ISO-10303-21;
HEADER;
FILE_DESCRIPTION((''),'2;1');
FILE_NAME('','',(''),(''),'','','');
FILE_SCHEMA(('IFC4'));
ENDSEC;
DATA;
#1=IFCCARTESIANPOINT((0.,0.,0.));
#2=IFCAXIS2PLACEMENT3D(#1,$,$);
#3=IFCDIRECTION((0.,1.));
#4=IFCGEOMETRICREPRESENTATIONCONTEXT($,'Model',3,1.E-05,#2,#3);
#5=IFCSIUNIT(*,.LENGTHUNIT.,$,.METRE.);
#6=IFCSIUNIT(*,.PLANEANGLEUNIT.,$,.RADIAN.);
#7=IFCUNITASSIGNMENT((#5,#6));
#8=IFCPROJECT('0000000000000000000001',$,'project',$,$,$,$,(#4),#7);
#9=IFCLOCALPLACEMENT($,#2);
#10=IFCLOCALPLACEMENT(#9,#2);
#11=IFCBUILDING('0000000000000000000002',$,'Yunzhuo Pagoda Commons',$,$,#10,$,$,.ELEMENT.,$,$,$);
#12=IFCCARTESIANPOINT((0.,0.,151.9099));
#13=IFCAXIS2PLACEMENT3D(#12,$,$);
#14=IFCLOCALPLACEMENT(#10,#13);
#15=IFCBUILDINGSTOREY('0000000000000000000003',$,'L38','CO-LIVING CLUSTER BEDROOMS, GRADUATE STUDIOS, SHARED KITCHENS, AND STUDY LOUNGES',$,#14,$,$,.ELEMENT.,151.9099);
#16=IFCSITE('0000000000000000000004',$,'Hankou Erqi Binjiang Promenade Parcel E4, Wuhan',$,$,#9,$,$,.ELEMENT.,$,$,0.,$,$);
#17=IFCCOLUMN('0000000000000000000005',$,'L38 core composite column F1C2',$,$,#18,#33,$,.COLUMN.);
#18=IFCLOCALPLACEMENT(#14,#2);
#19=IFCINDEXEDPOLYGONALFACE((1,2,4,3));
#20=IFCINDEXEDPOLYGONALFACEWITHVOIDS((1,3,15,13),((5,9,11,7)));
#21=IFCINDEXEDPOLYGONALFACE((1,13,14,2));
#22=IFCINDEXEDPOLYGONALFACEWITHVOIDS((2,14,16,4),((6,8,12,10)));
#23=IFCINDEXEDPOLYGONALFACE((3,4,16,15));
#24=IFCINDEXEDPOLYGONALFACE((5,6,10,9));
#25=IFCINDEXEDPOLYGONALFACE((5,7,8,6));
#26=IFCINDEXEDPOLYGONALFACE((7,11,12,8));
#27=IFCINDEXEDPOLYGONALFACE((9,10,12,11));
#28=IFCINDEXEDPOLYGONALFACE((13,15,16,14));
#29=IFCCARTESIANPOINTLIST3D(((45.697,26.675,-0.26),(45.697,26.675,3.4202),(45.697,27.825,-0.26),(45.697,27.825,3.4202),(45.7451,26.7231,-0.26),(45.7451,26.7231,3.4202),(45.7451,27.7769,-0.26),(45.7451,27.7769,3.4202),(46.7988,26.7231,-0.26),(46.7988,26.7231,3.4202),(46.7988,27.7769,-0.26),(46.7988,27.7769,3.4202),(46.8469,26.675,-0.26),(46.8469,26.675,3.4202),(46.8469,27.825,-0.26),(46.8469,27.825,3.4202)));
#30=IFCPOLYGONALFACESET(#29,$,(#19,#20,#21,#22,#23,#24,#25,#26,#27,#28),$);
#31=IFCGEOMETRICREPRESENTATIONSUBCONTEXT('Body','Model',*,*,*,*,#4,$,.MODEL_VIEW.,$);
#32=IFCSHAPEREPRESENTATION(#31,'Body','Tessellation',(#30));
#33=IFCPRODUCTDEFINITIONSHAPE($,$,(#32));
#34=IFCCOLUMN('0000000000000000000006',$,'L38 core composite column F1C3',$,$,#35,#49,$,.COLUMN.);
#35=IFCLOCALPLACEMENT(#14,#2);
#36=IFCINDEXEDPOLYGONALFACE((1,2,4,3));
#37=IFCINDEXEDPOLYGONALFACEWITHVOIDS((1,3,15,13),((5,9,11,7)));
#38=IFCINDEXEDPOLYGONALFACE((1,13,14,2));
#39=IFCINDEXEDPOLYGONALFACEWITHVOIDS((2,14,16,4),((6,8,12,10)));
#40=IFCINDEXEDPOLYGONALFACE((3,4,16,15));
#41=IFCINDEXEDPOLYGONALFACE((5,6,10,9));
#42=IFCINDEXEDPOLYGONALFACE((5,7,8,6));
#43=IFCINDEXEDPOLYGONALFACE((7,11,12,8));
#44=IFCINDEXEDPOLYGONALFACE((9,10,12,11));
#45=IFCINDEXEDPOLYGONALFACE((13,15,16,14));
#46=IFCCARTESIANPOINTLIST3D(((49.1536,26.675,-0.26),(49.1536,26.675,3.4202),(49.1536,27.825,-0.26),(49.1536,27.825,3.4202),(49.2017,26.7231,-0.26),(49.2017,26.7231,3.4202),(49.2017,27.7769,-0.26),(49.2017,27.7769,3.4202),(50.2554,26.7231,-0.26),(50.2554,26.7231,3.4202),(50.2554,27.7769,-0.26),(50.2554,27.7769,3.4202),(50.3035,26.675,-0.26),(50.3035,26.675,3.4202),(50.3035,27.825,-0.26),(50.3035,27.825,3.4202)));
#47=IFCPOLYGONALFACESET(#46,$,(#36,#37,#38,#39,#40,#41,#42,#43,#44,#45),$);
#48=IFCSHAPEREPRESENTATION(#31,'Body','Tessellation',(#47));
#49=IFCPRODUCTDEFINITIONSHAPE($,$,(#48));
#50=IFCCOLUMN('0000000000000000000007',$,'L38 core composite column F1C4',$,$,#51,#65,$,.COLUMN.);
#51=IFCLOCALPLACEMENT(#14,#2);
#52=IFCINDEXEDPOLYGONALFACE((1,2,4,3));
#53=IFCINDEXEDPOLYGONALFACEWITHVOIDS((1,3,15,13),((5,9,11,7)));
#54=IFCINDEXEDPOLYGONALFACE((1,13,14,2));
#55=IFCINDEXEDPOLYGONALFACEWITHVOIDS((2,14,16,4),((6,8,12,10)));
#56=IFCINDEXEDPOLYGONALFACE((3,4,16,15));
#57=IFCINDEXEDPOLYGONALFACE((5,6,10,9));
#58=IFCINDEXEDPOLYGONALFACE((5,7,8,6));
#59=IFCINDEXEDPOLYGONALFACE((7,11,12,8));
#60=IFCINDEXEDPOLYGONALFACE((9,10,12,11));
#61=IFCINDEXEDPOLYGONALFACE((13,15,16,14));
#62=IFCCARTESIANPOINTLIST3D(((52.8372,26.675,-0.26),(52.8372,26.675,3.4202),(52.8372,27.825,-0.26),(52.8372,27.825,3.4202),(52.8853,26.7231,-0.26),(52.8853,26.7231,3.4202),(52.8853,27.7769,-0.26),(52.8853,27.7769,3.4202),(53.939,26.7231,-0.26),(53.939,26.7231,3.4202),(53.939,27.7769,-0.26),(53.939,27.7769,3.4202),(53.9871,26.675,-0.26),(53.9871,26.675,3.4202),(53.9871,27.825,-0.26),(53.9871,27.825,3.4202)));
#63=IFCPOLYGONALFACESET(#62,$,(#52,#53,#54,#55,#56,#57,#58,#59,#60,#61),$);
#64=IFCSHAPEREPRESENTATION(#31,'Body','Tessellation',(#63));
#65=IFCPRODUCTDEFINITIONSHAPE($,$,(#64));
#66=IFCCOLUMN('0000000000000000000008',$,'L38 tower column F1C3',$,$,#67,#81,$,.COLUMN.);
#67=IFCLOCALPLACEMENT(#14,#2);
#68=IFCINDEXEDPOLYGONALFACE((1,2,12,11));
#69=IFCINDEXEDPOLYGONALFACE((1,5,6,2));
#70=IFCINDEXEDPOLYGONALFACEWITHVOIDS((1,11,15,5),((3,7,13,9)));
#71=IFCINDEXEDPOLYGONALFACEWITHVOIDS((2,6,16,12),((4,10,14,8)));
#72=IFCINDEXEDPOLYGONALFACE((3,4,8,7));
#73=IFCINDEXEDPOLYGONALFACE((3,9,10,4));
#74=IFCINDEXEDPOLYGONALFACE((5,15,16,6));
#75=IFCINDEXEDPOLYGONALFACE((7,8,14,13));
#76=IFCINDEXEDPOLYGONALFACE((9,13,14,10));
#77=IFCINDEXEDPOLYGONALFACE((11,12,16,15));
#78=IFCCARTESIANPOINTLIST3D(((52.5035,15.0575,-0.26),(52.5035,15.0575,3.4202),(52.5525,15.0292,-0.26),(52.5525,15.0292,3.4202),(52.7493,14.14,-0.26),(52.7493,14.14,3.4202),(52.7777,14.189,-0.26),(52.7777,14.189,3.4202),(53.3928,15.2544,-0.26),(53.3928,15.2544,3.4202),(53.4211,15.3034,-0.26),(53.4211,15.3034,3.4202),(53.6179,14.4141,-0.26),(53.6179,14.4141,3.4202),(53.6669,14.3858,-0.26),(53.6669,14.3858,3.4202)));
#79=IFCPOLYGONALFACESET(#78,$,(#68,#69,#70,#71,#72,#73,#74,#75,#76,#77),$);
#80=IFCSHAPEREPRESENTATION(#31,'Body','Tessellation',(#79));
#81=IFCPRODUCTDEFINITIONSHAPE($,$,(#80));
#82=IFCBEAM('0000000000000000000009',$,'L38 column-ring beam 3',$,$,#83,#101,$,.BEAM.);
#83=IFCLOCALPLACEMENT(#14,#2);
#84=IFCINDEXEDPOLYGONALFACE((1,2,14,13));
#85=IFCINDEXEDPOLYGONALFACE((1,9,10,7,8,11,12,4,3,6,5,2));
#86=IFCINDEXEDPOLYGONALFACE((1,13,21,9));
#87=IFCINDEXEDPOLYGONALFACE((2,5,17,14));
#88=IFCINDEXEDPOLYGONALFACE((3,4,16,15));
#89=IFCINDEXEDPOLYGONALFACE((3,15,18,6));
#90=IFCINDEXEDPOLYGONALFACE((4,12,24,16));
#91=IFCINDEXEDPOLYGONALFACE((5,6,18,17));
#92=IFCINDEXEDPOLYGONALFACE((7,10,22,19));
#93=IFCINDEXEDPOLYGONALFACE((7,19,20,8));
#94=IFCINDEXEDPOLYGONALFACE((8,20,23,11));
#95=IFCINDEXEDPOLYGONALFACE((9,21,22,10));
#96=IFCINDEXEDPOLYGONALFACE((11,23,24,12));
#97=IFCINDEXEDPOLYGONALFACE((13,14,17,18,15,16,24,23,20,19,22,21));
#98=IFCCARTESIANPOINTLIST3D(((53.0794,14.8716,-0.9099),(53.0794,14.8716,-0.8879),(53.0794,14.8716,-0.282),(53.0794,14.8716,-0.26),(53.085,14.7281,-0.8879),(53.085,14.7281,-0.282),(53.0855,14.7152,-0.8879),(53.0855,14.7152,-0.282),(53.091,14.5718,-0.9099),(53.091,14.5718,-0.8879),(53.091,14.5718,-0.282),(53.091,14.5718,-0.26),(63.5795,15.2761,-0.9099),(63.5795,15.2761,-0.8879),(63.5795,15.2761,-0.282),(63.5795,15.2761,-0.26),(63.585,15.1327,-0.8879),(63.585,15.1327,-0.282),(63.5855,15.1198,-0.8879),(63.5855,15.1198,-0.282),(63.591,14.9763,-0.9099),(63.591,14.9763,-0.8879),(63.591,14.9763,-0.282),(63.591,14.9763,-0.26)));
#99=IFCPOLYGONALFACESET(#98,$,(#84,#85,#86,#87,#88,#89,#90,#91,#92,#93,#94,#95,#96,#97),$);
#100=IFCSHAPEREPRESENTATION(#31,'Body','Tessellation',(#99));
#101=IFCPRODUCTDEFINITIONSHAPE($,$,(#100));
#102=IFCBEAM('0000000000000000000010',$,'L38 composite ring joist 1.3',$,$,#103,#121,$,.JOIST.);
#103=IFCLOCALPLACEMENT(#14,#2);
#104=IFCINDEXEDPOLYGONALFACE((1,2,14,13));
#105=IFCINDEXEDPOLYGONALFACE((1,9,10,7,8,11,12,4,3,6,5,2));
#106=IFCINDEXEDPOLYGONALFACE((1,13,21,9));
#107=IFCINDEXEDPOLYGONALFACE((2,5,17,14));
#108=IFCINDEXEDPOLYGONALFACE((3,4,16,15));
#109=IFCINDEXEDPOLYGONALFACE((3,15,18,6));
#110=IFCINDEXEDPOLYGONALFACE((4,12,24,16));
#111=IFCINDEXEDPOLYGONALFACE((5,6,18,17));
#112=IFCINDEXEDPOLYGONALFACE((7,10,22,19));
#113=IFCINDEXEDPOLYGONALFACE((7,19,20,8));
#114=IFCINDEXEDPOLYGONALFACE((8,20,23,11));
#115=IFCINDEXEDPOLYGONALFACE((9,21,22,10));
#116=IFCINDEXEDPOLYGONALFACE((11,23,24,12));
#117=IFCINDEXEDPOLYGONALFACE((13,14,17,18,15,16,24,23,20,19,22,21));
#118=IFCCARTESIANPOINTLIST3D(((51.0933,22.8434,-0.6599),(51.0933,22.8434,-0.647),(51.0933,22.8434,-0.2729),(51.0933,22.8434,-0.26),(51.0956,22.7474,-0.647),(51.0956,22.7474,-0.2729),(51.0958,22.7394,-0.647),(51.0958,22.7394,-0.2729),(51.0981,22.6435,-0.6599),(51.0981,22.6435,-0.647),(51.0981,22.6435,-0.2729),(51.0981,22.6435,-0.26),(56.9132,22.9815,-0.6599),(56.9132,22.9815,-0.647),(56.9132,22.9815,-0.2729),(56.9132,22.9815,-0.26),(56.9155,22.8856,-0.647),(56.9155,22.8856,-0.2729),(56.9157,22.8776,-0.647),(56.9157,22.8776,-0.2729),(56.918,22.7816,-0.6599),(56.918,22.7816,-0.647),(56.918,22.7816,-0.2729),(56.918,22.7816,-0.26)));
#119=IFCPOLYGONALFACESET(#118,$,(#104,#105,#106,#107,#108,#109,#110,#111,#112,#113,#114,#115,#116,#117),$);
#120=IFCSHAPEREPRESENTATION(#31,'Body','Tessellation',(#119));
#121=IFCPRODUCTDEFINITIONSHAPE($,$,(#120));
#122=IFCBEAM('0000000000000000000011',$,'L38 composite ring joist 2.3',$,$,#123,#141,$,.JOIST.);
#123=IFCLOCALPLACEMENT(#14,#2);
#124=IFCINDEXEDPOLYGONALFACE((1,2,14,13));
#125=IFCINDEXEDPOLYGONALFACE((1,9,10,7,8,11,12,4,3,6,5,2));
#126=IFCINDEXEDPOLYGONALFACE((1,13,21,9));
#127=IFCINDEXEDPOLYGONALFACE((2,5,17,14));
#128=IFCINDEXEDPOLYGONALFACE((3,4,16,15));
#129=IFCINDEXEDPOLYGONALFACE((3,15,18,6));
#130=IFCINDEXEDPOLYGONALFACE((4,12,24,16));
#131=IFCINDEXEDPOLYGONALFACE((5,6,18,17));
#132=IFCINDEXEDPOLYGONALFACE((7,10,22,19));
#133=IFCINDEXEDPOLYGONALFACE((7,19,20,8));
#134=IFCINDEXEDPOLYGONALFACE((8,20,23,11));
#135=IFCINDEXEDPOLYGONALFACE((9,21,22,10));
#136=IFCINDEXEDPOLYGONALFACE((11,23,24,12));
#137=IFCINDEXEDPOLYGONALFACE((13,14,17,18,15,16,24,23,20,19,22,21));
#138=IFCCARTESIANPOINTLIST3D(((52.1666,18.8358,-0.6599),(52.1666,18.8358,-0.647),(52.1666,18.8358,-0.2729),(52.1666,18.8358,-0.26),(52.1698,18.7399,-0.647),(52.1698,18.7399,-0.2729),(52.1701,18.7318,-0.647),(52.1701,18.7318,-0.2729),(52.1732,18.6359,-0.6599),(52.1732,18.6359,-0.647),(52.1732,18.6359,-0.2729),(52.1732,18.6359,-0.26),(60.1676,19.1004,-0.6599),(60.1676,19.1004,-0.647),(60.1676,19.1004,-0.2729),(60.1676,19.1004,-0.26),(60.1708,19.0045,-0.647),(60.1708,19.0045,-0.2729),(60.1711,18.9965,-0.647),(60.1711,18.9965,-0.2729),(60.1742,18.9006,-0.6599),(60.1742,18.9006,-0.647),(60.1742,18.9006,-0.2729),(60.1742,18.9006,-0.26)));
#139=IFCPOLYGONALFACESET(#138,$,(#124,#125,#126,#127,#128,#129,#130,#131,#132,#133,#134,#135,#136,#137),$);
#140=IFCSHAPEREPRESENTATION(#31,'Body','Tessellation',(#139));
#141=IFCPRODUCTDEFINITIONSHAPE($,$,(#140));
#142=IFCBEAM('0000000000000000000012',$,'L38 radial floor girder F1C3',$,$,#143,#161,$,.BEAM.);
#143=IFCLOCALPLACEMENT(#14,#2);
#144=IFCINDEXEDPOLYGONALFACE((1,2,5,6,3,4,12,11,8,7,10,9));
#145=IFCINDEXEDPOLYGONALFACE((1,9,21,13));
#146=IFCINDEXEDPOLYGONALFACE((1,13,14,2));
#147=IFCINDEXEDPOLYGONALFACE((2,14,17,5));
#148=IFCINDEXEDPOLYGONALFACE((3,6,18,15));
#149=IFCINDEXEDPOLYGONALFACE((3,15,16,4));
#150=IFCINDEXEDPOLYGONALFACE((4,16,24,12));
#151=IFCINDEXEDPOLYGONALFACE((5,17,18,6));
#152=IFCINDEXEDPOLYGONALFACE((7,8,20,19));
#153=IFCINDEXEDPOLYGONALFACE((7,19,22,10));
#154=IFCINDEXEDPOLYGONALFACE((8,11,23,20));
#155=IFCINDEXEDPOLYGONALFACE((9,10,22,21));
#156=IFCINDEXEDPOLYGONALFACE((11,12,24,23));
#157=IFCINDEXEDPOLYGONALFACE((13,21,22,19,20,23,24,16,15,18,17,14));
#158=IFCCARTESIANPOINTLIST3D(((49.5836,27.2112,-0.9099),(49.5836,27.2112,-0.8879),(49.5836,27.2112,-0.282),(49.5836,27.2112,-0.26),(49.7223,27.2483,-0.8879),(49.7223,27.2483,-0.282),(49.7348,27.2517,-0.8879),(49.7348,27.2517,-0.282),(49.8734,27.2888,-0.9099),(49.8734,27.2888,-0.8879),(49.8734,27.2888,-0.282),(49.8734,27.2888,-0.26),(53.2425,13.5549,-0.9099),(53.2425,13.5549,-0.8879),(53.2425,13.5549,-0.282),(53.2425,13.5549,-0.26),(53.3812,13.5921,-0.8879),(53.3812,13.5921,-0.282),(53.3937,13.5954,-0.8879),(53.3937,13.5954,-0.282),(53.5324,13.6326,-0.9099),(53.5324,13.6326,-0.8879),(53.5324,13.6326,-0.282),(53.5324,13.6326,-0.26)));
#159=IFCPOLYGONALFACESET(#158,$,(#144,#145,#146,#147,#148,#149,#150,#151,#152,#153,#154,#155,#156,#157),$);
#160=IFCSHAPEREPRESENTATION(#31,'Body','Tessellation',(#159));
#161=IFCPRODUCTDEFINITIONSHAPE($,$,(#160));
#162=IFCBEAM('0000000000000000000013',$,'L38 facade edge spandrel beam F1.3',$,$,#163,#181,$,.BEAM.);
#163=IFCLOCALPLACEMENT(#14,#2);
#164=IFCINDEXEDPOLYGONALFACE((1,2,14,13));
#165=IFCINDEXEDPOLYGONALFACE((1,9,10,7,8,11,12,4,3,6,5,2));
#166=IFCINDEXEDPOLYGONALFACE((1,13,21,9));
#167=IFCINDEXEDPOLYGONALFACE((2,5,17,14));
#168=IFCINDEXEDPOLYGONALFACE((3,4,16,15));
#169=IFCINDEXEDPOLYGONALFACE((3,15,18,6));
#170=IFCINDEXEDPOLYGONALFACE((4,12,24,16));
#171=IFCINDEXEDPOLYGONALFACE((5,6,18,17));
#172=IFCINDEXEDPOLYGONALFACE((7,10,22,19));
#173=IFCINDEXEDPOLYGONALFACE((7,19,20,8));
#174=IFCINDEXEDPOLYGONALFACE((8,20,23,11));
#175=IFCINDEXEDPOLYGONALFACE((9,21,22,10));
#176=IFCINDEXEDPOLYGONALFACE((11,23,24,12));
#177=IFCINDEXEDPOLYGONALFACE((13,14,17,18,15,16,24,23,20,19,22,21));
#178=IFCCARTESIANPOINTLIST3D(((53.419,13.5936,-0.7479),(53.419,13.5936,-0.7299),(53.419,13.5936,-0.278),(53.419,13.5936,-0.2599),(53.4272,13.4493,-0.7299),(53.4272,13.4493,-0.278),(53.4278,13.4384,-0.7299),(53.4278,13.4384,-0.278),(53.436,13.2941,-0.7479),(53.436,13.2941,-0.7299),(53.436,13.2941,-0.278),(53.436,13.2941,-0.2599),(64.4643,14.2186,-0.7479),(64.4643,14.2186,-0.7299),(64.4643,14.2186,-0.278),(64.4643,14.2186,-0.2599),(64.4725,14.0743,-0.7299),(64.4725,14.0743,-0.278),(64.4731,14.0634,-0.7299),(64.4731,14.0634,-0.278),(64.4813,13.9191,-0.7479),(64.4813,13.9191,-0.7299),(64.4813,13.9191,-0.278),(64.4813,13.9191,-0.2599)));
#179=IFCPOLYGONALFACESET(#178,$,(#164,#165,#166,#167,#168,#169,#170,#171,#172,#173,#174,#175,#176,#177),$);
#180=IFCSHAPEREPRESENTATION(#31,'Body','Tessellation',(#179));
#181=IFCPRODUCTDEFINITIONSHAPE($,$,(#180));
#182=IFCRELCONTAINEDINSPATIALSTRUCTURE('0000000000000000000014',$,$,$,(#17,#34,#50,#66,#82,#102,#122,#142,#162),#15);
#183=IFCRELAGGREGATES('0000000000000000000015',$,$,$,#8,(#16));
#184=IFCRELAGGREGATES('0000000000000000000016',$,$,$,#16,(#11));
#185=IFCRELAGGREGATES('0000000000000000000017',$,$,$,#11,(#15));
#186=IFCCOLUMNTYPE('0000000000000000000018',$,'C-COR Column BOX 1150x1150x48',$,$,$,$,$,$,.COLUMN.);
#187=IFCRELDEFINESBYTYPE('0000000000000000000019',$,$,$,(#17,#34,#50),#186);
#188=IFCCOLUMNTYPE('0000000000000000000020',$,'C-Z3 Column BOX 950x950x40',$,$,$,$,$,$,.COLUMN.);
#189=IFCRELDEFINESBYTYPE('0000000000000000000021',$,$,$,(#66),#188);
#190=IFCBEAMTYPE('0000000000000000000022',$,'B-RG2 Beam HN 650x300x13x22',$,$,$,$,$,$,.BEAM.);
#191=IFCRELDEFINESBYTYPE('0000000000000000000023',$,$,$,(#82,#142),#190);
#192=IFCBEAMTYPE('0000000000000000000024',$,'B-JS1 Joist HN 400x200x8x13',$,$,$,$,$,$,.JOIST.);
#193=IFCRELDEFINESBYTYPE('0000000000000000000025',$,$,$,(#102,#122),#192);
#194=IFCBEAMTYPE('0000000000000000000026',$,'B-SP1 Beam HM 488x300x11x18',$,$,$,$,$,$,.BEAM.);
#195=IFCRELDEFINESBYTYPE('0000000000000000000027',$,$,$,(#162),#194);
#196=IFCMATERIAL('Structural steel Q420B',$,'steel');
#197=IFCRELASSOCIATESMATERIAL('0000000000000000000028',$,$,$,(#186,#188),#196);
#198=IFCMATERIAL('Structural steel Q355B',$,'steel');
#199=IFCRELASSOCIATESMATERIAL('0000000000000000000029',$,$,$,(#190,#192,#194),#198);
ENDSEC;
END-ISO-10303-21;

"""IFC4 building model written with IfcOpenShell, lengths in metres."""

from ifc_helpers import new_model, si_unit, direction, frame, origin, origin_2d, place, context, subcontext, project, spatial, hollow_rectangle, i_section, extrude, source, transform, mapped, material, material_profile, profile_set, type_object, element, save


model = new_model("IFC4")

# Units and contexts
model_context = context("Model", 3, precision=1e-05, world=origin(), true_north=direction((0.0, 1.0)))
body_context = subcontext(model_context, "Body", "Model", "MODEL_VIEW")
ifc_project = project(units=[si_unit("LENGTHUNIT", "METRE"), si_unit("PLANEANGLEUNIT", "RADIAN")], contexts=[model_context])

# Site, building, storey
site_placement = place(None, origin())
site = spatial("IfcSite", under=ifc_project, at=site_placement, Name="Hankou Erqi Binjiang Promenade Parcel E4, Wuhan", CompositionType="ELEMENT", RefElevation=0.0)
building_placement = place(site_placement, origin())
building = spatial("IfcBuilding", under=site, at=building_placement, Name="Yunzhuo Pagoda Commons", CompositionType="ELEMENT")
storey_placement = place(building_placement, frame((0.0, 0.0, 151.9099)))
storey = spatial("IfcBuildingStorey", under=building, at=storey_placement, Name="L38", Description="CO-LIVING CLUSTER BEDROOMS, GRADUATE STUDIOS, SHARED KITCHENS, AND STUDY LOUNGES", CompositionType="ELEMENT", Elevation=151.9099)

# Columns
ifc_material_1 = material(Name="Structural steel Q420B", Category="steel")
ifc_material_profile_1 = material_profile(ifc_material_1, hollow_rectangle(XDim=1.1499, YDim=1.1499, WallThickness=0.0481, at=origin_2d()), Name="Structural steel Q420B")
ifc_profile_set_1 = profile_set([ifc_material_profile_1], Name="Structural steel Q420B")
column_type_1 = type_object("IfcColumnType", Name="C-COR Column BOX 1150x1150x48", PredefinedType="COLUMN", material=ifc_profile_set_1)
shared_shape_1 = source(origin(), body_context, "Body", "SweptSolid", [
    extrude(hollow_rectangle(XDim=1.1499, YDim=1.1499, WallThickness=0.0481, at=origin_2d()), origin(), (0.0, 0.0, 1.0), 3.6802),
])
for number, where, z_axis, x_axis, name in (
    (1, (46.272, 27.25, -0.26), (0.0, 0.0, 1.0), (1.0, 0.0, 0.0), "L38 core composite column F1C2"),
    (2, (49.7285, 27.25, -0.26), (0.0, 0.0, 1.0), (1.0, 0.0, 0.0), "L38 core composite column F1C3"),
    (3, (53.4121, 27.25, -0.26), (0.0, 0.0, 1.0), (1.0, 0.0, 0.0), "L38 core composite column F1C4"),
):
    element("IfcColumn", number, at=place(storey_placement, frame(where, z_axis=z_axis, x_axis=x_axis)), inside=storey, type_object=column_type_1, Name=name, PredefinedType="COLUMN", context=body_context, shape_type="MappedRepresentation", body=[
        mapped(shared_shape_1, transform((0.0, 0.0, 0.0), scale=1.0)),
    ])
ifc_material_profile_2 = material_profile(ifc_material_1, hollow_rectangle(XDim=0.95, YDim=0.95, WallThickness=0.04, at=origin_2d()), Name="Structural steel Q420B")
ifc_profile_set_2 = profile_set([ifc_material_profile_2], Name="Structural steel Q420B")
column_type_2 = type_object("IfcColumnType", Name="C-Z3 Column BOX 950x950x40", PredefinedType="COLUMN", material=ifc_profile_set_2)
shared_shape_2 = source(origin(), body_context, "Body", "SweptSolid", [
    extrude(hollow_rectangle(XDim=0.95, YDim=0.95, WallThickness=0.04, at=origin_2d()), origin(), (0.0, 0.0, 1.0), 3.6802),
])
column_placement = place(storey_placement, frame((53.0852, 14.7217, -0.26), z_axis=(0.0, 0.0, 1.0), x_axis=(0.965926, 0.258819, 0.0)))
element("IfcColumn", 4, at=column_placement, inside=storey, type_object=column_type_2, Name="L38 tower column F1C3", PredefinedType="COLUMN", context=body_context, shape_type="MappedRepresentation", body=[
    mapped(shared_shape_2, transform((0.0, 0.0, 0.0), scale=1.0)),
])

# Beams
ifc_material_2 = material(Name="Structural steel Q355B", Category="steel")
ifc_material_profile_3 = material_profile(ifc_material_2, i_section(OverallWidth=0.3, OverallDepth=0.6499, WebThickness=0.0129, FlangeThickness=0.022, at=origin_2d()), Name="Structural steel Q355B")
ifc_profile_set_3 = profile_set([ifc_material_profile_3], Name="Structural steel Q355B")
beam_type_1 = type_object("IfcBeamType", Name="B-RG2 Beam HN 650x300x13x22", PredefinedType="BEAM", material=ifc_profile_set_3)
shared_shape_3 = source(origin(), body_context, "Body", "SweptSolid", [
    extrude(i_section(OverallWidth=0.3, OverallDepth=0.6499, WebThickness=0.0129, FlangeThickness=0.022, at=origin_2d()), origin(), (0.0, 0.0, 1.0), 10.5078),
])
beam_1_placement = place(storey_placement, frame((53.0852, 14.7217, -0.585), z_axis=(0.999259, 0.038499, 0.0), x_axis=(-0.038499, 0.999259, 0.0)))
element("IfcBeam", 5, at=beam_1_placement, inside=storey, type_object=beam_type_1, Name="L38 column-ring beam 3", PredefinedType="BEAM", context=body_context, shape_type="MappedRepresentation", body=[
    mapped(shared_shape_3, transform((0.0, 0.0, 0.0), scale=1.0)),
])
ifc_material_profile_4 = material_profile(ifc_material_2, i_section(OverallWidth=0.2, OverallDepth=0.3999, WebThickness=0.0081, FlangeThickness=0.0129, at=origin_2d()), Name="Structural steel Q355B")
ifc_profile_set_4 = profile_set([ifc_material_profile_4], Name="Structural steel Q355B")
beam_type_2 = type_object("IfcBeamType", Name="B-JS1 Joist HN 400x200x8x13", PredefinedType="JOIST", material=ifc_profile_set_4)
shared_shape_4 = source(origin(), body_context, "Body", "SweptSolid", [
    extrude(i_section(OverallWidth=0.2, OverallDepth=0.3999, WebThickness=0.0081, FlangeThickness=0.0129, at=origin_2d()), origin(), (0.0, 0.0, 1.0), 5.8215),
])
beam_2_placement = place(storey_placement, frame((51.0957, 22.7434, -0.46), z_axis=(0.999718, 0.023737, 0.0), x_axis=(-0.023737, 0.999718, 0.0)))
element("IfcBeam", 6, at=beam_2_placement, inside=storey, type_object=beam_type_2, Name="L38 composite ring joist 1.3", PredefinedType="JOIST", context=body_context, shape_type="MappedRepresentation", body=[
    mapped(shared_shape_4, transform((0.0, 0.0, 0.0), scale=1.0)),
])
shared_shape_5 = source(origin(), body_context, "Body", "SweptSolid", [
    extrude(i_section(OverallWidth=0.2, OverallDepth=0.3999, WebThickness=0.0081, FlangeThickness=0.0129, at=origin_2d()), origin(), (0.0, 0.0, 1.0), 8.0054),
])
beam_3_placement = place(storey_placement, frame((52.1699, 18.7358, -0.46), z_axis=(0.999453, 0.033059, 0.0), x_axis=(-0.033059, 0.999453, 0.0)))
element("IfcBeam", 7, at=beam_3_placement, inside=storey, type_object=beam_type_2, Name="L38 composite ring joist 2.3", PredefinedType="JOIST", context=body_context, shape_type="MappedRepresentation", body=[
    mapped(shared_shape_5, transform((0.0, 0.0, 0.0), scale=1.0)),
])
shared_shape_6 = source(origin(), body_context, "Body", "SweptSolid", [
    extrude(i_section(OverallWidth=0.3, OverallDepth=0.6499, WebThickness=0.0129, FlangeThickness=0.022, at=origin_2d()), origin(), (0.0, 0.0, 1.0), 14.1379),
])
beam_4_placement = place(storey_placement, frame((53.3875, 13.5938, -0.585), z_axis=(-0.258803, 0.96593, 0.0), x_axis=(-0.96593, -0.258803, 0.0)))
element("IfcBeam", 8, at=beam_4_placement, inside=storey, type_object=beam_type_1, Name="L38 radial floor girder F1C3", PredefinedType="BEAM", context=body_context, shape_type="MappedRepresentation", body=[
    mapped(shared_shape_6, transform((0.0, 0.0, 0.0), scale=1.0)),
])
ifc_material_profile_5 = material_profile(ifc_material_2, i_section(OverallWidth=0.3, OverallDepth=0.488, WebThickness=0.011, FlangeThickness=0.0181, at=origin_2d()), Name="Structural steel Q355B")
ifc_profile_set_5 = profile_set([ifc_material_profile_5], Name="Structural steel Q355B")
beam_type_3 = type_object("IfcBeamType", Name="B-SP1 Beam HM 488x300x11x18", PredefinedType="BEAM", material=ifc_profile_set_5)
shared_shape_7 = source(origin(), body_context, "Body", "SweptSolid", [
    extrude(i_section(OverallWidth=0.3, OverallDepth=0.488, WebThickness=0.011, FlangeThickness=0.0181, at=origin_2d()), origin(), (0.0, 0.0, 1.0), 11.063),
])
beam_5_placement = place(storey_placement, frame((53.4275, 13.4438, -0.5039), z_axis=(0.998403, 0.056494, 0.0), x_axis=(-0.056494, 0.998403, 0.0)))
element("IfcBeam", 9, at=beam_5_placement, inside=storey, type_object=beam_type_3, Name="L38 facade edge spandrel beam F1.3", PredefinedType="BEAM", context=body_context, shape_type="MappedRepresentation", body=[
    mapped(shared_shape_7, transform((0.0, 0.0, 0.0), scale=1.0)),
])

save(model, "model.ifc")
